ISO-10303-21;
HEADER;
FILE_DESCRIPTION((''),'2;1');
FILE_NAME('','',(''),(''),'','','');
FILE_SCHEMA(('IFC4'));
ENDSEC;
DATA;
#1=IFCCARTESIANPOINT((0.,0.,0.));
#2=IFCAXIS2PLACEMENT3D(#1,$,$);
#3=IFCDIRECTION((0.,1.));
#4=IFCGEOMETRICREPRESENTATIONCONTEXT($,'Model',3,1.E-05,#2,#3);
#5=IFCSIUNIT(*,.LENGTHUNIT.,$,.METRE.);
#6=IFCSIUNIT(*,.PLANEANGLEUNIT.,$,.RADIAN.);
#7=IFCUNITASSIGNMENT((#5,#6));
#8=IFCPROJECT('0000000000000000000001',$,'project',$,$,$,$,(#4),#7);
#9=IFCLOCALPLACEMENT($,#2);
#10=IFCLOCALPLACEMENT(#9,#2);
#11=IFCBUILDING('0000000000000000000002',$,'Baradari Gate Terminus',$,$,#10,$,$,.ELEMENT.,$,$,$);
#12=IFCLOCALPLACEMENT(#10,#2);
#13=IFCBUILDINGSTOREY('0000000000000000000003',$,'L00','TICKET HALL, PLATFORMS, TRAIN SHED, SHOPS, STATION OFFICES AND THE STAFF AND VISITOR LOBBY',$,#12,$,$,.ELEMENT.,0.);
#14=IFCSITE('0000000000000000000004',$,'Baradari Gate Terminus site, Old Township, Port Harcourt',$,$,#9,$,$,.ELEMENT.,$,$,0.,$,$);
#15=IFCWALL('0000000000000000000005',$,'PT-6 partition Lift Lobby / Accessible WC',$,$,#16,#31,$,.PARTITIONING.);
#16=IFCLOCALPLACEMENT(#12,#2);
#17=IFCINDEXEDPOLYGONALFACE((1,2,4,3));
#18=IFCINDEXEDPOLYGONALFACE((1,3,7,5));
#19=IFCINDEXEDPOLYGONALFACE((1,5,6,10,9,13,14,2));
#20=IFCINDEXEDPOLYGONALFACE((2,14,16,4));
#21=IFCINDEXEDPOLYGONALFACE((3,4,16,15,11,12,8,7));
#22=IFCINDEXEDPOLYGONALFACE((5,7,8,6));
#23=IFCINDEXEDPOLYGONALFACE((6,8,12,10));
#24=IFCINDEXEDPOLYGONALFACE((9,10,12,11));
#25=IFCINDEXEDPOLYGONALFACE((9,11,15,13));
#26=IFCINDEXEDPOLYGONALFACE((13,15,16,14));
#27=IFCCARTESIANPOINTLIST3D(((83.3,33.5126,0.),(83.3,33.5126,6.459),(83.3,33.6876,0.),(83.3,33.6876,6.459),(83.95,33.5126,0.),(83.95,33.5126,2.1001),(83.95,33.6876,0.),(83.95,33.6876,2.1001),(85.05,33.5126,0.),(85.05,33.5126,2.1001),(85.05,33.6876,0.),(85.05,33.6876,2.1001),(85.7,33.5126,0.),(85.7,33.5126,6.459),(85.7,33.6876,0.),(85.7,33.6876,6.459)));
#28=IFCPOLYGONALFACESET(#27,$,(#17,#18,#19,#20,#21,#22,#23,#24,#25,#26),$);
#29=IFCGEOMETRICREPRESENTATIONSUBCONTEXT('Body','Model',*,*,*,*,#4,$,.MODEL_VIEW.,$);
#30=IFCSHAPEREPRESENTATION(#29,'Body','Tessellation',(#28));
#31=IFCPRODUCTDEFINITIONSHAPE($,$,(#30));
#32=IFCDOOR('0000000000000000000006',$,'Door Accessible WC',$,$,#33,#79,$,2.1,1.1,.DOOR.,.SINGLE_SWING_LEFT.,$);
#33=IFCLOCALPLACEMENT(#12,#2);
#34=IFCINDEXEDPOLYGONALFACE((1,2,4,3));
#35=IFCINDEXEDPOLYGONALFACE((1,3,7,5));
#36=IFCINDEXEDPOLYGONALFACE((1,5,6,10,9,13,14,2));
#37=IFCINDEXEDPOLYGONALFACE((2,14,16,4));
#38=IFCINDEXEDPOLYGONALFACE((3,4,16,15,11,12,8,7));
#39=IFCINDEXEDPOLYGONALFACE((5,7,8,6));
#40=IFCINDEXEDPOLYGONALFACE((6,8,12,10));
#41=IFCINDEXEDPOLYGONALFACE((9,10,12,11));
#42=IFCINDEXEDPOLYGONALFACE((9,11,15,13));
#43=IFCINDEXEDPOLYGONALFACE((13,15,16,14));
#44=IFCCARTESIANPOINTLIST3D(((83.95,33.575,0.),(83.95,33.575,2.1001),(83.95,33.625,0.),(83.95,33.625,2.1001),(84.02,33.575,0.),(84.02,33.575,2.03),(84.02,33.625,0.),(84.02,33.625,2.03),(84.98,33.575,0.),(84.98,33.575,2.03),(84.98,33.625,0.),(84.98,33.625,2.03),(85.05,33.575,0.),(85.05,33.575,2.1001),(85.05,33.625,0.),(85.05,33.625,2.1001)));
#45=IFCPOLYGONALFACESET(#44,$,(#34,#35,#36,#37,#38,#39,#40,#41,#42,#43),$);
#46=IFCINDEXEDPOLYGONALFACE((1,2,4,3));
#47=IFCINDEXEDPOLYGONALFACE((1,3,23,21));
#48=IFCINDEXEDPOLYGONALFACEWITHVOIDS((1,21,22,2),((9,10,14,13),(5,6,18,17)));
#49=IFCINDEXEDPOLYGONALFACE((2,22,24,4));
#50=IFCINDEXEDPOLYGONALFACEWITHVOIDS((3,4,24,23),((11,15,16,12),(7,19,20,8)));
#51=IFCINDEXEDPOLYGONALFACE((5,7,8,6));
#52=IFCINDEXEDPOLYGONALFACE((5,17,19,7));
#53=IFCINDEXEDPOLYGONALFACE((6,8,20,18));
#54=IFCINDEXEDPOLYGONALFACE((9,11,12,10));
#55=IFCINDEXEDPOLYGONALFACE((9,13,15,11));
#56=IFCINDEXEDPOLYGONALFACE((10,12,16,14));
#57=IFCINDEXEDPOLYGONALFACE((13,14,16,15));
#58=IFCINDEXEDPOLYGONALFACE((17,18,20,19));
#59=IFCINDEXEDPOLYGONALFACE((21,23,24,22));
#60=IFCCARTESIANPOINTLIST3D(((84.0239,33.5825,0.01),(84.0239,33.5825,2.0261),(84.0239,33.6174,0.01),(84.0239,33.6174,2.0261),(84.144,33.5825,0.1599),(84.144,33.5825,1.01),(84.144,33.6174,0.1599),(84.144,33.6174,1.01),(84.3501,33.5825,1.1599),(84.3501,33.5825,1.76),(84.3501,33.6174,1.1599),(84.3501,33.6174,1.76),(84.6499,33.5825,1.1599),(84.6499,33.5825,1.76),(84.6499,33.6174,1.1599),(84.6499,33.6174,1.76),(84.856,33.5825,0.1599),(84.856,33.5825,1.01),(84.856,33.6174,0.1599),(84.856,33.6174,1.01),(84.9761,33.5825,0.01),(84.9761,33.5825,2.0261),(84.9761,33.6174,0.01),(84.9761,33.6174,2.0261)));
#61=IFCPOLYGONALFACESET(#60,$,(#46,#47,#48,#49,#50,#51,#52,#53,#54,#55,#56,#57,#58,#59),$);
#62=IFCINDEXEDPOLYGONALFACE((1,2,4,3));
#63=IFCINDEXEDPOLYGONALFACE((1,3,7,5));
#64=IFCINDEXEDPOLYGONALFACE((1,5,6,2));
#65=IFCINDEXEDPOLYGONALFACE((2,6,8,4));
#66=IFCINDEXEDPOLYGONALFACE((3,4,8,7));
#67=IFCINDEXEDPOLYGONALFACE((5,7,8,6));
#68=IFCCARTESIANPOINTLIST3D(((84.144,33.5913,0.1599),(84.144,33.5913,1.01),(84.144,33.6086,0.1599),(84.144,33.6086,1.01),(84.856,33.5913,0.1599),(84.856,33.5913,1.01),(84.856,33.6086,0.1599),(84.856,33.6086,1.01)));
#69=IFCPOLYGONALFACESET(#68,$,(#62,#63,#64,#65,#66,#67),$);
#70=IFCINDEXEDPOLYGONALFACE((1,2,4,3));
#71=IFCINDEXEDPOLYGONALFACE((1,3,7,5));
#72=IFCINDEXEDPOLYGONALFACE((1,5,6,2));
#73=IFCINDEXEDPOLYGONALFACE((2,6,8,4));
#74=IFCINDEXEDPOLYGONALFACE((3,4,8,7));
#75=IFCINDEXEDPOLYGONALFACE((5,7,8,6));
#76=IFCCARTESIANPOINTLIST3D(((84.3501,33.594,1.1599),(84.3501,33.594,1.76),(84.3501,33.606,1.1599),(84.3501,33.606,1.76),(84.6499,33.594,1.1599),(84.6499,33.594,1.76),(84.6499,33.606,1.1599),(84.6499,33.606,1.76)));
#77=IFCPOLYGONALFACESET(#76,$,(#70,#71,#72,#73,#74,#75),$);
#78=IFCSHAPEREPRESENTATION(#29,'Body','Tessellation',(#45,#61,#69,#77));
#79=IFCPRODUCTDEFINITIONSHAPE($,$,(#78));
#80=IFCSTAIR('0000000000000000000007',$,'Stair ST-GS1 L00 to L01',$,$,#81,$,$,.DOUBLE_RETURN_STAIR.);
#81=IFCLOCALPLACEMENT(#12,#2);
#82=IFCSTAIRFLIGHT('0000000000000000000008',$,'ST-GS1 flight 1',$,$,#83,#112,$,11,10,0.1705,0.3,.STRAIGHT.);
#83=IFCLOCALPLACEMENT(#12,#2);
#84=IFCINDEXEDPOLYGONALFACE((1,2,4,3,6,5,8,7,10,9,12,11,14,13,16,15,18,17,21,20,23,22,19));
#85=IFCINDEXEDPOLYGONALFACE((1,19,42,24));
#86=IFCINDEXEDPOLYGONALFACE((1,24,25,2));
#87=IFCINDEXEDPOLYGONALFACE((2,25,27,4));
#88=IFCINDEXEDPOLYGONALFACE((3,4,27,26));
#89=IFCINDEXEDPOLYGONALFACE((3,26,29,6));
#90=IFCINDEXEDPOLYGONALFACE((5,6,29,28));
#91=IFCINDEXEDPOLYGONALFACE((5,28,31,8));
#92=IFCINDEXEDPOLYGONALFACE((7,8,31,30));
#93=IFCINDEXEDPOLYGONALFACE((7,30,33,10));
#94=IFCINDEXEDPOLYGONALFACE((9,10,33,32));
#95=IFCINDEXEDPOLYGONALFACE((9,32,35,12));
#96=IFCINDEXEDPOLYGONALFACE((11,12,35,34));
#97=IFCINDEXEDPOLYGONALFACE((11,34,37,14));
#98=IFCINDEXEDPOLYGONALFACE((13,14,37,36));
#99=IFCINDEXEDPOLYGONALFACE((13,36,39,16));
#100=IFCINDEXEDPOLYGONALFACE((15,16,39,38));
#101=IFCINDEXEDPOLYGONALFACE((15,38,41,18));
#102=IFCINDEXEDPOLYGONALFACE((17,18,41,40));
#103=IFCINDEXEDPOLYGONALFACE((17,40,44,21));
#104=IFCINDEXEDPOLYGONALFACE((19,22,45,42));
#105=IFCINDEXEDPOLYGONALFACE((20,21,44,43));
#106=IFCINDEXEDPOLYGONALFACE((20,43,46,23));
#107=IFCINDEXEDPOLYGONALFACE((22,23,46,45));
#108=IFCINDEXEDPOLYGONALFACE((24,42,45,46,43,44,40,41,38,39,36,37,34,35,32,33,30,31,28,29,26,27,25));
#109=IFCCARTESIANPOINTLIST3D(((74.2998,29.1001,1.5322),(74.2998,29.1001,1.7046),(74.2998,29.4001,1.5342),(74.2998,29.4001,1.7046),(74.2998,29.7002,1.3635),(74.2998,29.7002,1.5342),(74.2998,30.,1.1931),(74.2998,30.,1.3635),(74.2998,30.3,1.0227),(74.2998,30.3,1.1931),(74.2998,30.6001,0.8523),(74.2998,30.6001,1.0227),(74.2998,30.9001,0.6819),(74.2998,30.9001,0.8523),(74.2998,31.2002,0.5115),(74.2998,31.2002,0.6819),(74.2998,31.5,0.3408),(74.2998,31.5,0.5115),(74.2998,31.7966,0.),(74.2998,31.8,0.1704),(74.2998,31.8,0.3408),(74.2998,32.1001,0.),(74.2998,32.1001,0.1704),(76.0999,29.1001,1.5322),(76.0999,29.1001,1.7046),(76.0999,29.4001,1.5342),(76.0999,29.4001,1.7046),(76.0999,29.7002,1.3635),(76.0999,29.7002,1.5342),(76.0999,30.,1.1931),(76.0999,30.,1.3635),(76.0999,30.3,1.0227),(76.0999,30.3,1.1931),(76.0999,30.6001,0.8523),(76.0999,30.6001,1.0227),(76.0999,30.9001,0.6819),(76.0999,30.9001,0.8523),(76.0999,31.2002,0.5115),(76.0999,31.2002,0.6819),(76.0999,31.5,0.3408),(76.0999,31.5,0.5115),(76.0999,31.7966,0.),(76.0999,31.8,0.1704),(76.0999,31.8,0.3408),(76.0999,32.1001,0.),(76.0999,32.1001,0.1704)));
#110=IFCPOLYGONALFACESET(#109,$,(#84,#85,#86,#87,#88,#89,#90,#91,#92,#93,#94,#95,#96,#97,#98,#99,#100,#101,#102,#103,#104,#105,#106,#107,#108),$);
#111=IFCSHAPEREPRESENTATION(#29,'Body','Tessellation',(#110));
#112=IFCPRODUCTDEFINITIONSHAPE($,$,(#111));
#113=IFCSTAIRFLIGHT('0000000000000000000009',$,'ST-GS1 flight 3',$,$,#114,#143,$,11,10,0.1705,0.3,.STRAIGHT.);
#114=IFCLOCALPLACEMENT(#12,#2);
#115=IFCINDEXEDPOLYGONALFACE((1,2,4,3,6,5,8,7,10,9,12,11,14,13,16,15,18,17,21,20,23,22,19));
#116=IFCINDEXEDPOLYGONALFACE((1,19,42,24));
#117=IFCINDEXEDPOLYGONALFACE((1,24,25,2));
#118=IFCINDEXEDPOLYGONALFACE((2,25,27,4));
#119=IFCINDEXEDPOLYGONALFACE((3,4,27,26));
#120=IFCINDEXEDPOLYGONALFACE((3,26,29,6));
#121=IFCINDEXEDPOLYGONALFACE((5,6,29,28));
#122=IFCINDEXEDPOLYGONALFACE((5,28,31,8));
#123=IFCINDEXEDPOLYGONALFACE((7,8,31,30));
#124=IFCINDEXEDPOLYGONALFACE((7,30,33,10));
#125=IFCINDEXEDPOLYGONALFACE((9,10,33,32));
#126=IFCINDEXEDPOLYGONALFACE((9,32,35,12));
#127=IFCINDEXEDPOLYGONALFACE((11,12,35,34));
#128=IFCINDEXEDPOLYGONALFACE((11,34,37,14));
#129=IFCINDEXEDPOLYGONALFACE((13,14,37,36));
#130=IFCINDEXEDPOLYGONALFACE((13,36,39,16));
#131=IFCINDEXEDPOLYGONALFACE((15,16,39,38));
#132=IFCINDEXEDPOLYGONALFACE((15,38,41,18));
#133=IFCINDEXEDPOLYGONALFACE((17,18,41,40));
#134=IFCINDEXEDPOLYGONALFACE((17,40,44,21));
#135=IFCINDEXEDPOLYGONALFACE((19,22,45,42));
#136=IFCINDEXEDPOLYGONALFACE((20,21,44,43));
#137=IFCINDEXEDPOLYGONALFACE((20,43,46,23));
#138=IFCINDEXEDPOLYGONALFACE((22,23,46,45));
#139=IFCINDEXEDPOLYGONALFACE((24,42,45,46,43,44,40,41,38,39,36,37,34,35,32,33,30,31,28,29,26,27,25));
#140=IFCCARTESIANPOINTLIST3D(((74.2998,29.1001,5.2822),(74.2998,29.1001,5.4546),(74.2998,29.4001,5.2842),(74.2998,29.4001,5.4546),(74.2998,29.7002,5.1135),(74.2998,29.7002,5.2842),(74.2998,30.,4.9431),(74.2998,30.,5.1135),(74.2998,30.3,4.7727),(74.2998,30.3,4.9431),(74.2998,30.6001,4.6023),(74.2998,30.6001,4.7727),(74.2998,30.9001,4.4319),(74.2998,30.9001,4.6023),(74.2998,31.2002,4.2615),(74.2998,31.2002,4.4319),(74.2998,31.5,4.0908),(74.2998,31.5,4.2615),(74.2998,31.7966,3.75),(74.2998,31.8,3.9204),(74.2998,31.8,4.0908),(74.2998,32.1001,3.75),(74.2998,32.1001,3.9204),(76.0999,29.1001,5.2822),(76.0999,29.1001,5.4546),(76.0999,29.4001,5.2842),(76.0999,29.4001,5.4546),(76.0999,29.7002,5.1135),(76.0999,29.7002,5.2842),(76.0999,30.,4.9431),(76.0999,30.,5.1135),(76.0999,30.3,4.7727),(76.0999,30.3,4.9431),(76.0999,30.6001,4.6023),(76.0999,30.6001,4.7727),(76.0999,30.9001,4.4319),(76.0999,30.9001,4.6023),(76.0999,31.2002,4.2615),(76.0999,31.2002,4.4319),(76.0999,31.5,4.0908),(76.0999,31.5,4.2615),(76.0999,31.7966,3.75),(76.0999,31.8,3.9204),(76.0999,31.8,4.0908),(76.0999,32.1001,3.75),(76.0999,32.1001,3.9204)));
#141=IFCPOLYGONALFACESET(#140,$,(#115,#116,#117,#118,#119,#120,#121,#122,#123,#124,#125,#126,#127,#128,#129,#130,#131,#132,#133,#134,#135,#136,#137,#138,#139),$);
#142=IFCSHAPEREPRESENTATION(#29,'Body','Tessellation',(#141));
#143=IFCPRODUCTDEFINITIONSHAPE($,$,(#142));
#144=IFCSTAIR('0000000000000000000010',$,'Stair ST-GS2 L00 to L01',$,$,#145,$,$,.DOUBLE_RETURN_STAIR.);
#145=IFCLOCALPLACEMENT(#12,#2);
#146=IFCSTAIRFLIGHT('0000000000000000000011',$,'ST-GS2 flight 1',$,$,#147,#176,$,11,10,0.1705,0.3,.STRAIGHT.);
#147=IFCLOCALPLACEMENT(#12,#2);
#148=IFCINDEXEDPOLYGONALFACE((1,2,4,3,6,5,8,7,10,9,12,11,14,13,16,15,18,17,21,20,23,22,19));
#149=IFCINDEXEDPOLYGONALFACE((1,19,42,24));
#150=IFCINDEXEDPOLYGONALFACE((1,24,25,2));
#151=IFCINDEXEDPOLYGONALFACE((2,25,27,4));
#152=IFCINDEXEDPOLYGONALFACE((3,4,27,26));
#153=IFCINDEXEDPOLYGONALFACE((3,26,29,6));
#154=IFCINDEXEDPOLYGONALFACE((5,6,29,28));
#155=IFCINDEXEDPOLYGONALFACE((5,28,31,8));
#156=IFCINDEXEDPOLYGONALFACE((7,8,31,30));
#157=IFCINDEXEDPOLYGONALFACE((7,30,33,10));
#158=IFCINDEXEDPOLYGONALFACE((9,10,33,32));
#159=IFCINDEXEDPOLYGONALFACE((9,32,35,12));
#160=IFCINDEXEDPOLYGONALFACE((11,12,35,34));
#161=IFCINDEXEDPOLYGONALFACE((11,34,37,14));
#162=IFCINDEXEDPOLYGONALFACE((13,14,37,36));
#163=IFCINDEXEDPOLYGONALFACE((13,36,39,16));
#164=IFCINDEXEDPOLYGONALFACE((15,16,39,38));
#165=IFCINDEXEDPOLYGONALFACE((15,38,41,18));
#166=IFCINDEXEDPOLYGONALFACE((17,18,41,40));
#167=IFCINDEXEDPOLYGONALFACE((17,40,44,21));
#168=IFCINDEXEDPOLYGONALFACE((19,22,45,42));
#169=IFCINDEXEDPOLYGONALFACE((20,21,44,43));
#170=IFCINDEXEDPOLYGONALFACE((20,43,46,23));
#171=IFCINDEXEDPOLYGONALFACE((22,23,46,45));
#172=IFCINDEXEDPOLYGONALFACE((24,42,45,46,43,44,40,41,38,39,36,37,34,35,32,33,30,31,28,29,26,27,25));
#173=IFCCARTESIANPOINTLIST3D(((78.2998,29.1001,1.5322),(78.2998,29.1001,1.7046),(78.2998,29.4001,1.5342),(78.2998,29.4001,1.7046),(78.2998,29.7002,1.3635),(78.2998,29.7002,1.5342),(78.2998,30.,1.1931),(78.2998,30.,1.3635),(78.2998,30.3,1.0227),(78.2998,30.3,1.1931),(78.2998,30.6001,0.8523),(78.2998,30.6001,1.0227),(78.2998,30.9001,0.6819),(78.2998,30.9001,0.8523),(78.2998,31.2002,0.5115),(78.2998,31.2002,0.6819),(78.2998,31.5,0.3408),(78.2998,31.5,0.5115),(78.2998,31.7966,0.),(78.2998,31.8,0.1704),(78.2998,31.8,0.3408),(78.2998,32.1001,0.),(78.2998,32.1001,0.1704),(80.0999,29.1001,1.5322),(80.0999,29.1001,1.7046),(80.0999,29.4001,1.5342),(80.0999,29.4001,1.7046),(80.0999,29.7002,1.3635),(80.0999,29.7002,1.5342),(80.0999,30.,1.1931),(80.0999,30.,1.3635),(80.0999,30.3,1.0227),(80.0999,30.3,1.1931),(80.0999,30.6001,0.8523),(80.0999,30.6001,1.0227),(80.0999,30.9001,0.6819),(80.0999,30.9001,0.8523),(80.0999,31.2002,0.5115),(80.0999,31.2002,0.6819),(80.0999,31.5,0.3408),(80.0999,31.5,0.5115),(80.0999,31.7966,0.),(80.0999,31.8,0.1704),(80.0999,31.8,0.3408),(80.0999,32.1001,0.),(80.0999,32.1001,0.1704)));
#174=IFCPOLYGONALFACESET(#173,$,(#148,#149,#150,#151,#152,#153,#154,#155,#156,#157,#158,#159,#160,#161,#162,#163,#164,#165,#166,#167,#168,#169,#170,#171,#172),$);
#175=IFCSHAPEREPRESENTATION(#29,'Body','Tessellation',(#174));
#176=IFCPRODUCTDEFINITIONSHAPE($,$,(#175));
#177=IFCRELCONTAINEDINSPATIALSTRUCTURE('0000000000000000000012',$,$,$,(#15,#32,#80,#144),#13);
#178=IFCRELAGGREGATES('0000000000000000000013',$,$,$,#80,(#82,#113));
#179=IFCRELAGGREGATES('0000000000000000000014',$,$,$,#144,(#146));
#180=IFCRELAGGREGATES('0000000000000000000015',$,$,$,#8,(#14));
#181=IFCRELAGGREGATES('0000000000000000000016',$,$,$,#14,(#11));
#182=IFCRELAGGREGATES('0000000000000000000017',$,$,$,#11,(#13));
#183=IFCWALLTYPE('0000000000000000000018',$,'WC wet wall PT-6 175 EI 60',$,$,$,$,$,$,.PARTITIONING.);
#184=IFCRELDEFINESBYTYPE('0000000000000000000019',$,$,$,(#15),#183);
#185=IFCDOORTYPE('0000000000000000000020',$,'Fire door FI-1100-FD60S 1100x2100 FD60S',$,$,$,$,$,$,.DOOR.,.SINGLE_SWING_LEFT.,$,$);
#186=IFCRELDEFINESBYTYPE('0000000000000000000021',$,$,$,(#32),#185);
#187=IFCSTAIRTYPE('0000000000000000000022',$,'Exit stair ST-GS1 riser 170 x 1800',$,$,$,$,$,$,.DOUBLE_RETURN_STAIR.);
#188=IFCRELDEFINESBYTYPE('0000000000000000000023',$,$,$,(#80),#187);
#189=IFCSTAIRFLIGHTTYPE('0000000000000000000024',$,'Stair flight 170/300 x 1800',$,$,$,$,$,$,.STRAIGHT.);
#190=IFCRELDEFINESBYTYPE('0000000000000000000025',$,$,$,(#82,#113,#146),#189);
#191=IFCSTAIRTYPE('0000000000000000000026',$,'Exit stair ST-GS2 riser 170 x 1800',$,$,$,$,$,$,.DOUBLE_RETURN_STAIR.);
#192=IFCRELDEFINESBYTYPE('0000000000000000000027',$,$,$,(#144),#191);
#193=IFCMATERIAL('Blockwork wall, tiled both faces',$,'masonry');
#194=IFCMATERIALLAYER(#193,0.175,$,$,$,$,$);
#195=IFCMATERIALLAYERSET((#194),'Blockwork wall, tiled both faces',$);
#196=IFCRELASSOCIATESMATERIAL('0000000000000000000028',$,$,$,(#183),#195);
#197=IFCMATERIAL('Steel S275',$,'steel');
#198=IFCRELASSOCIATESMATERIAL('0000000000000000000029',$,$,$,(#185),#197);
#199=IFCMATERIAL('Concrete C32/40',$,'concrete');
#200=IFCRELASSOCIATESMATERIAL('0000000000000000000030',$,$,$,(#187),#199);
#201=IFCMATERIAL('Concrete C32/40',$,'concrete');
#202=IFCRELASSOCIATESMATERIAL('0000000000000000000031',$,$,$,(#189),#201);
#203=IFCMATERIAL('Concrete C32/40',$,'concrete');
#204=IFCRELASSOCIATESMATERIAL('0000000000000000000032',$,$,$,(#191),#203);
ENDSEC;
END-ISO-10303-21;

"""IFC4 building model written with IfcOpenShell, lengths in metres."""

from ifc_helpers import new_model, si_unit, direction, frame, frame_2d, origin, place, context, subcontext, project, spatial, polyline, rectangle, outline, extrude, material, layer, layer_set, type_object, element, fill, aggregate, save


model = new_model("IFC4")

# Units and contexts
model_context = context("Model", 3, precision=1e-05, world=origin(), true_north=direction((0.0, 1.0)))
body_context = subcontext(model_context, "Body", "Model", "MODEL_VIEW")
ifc_project = project(units=[si_unit("LENGTHUNIT", "METRE"), si_unit("PLANEANGLEUNIT", "RADIAN")], contexts=[model_context])

# Site, building, storey
site_placement = place(None, origin())
site = spatial("IfcSite", under=ifc_project, at=site_placement, Name="Baradari Gate Terminus site, Old Township, Port Harcourt", CompositionType="ELEMENT", RefElevation=0.0)
building_placement = place(site_placement, origin())
building = spatial("IfcBuilding", under=site, at=building_placement, Name="Baradari Gate Terminus", CompositionType="ELEMENT")
storey_placement = place(building_placement, origin())
storey = spatial("IfcBuildingStorey", under=building, at=storey_placement, Name="L00", Description="TICKET HALL, PLATFORMS, TRAIN SHED, SHOPS, STATION OFFICES AND THE STAFF AND VISITOR LOBBY", CompositionType="ELEMENT", Elevation=0.0)

# Shared definitions
ifc_material_1 = material(Name="Blockwork wall, tiled both faces", Category="masonry")
ifc_layer_1 = layer(ifc_material_1, 0.175)
ifc_layer_set_1 = layer_set([ifc_layer_1], Name="Blockwork wall, tiled both faces")
wall_type_1 = type_object("IfcWallType", Name="WC wet wall PT-6 175 EI 60", PredefinedType="PARTITIONING", material=ifc_layer_set_1)

# Wall, opening, door
wall_1_placement = place(storey_placement, frame((83.3, 33.6001, 0.0), z_axis=(0.0, 0.0, 1.0), x_axis=(1.0, 0.0, 0.0)))
wall_1 = element("IfcWall", 1, at=wall_1_placement, inside=storey, type_object=wall_type_1, Name="PT-6 partition Lift Lobby / Accessible WC", PredefinedType="PARTITIONING", context=body_context, shape_type="SweptSolid", body=[
    extrude(rectangle(XDim=2.3999, YDim=0.175, at=frame_2d((1.2, 0.0))), origin(), (0.0, 0.0, 1.0), 6.459),
])
opening_1_placement = place(wall_1_placement, frame((0.6499, 0.0, 0.0)))
opening_1 = element("IfcOpeningElement", 2, at=opening_1_placement, cuts=wall_1, PredefinedType="OPENING", context=body_context, shape_type="SweptSolid", body=[
    extrude(rectangle(XDim=1.1001, YDim=2.1001, at=frame_2d((0.55, 1.05))), frame((0.0, 0.0974, 0.0), z_axis=(0.0, -1.0, 0.0), x_axis=(1.0, 0.0, 0.0)), (0.0, 0.0, 1.0), 0.1951),
])
ifc_material_2 = material(Name="Steel S275", Category="steel")
door_type_1 = type_object("IfcDoorType", Name="Fire door FI-1100-FD60S 1100x2100 FD60S", OperationType="SINGLE_SWING_LEFT", PredefinedType="DOOR", material=ifc_material_2)
door_1_placement = place(opening_1_placement, origin())
door_1 = element("IfcDoor", 3, at=door_1_placement, inside=storey, type_object=door_type_1, Name="Door Accessible WC", OperationType="SINGLE_SWING_LEFT", OverallHeight=2.1, OverallWidth=1.1, PredefinedType="DOOR", context=body_context, shape_type="SweptSolid", body=[
    extrude(outline(polyline([(0.0, 0.0), (0.0701, 0.0), (0.0701, 2.03), (1.03, 2.03), (1.03, 0.0), (1.1001, 0.0), (1.1001, 2.1001), (0.0, 2.1001), (0.0, 0.0)])), frame((0.0, 0.0249, 0.0), z_axis=(0.0, -1.0, 0.0), x_axis=(1.0, 0.0, 0.0)), (0.0, 0.0, 1.0), 0.05),
    extrude(outline(polyline([(0.074, 0.01), (1.0261, 0.01), (1.0261, 2.0261), (0.074, 2.0261), (0.074, 0.01)]), holes=[polyline([(0.1941, 0.1599), (0.906, 0.1599), (0.906, 1.01), (0.1941, 1.01), (0.1941, 0.1599)]), polyline([(0.4001, 1.1599), (0.7, 1.1599), (0.7, 1.76), (0.4001, 1.76), (0.4001, 1.1599)])]), frame((0.0, 0.0173, 0.0), z_axis=(0.0, -1.0, 0.0), x_axis=(1.0, 0.0, 0.0)), (0.0, 0.0, 1.0), 0.0349),
    extrude(rectangle(XDim=0.7119, YDim=0.8501, at=frame_2d((0.55, 0.585))), frame((0.0, 0.0085, 0.0), z_axis=(0.0, -1.0, 0.0), x_axis=(1.0, 0.0, 0.0)), (0.0, 0.0, 1.0), 0.0173),
    extrude(rectangle(XDim=0.2998, YDim=0.6001, at=frame_2d((0.55, 1.46))), frame((0.0, 0.0059, 0.0), z_axis=(0.0, -1.0, 0.0), x_axis=(1.0, 0.0, 0.0)), (0.0, 0.0, 1.0), 0.012),
])
fill(opening_1, door_1)

# Stairs, stair flights
ifc_material_3 = material(Name="Concrete C32/40", Category="concrete")
stair_type_1 = type_object("IfcStairType", Name="Exit stair ST-GS1 riser 170 x 1800", PredefinedType="DOUBLE_RETURN_STAIR", material=ifc_material_3)
stair_1_placement = place(storey_placement, origin())
stair_1 = element("IfcStair", 4, at=stair_1_placement, inside=storey, type_object=stair_type_1, Name="Stair ST-GS1 L00 to L01", PredefinedType="DOUBLE_RETURN_STAIR")
ifc_material_4 = material(Name="Concrete C32/40", Category="concrete")
stair_flight_type = type_object("IfcStairFlightType", Name="Stair flight 170/300 x 1800", PredefinedType="STRAIGHT", material=ifc_material_4)
stair_flight_1_placement = place(storey_placement, frame((75.2, 32.1001, 0.0), z_axis=(0.0, 0.0, 1.0), x_axis=(0.0, -1.0, 0.0)))
stair_flight_1 = element("IfcStairFlight", 5, at=stair_flight_1_placement, type_object=stair_flight_type, Name="ST-GS1 flight 1", NumberOfRisers=11, NumberOfTreads=10, PredefinedType="STRAIGHT", RiserHeight=0.1705, TreadLength=0.3, context=body_context, shape_type="SweptSolid", body=[
    extrude(outline(polyline([(0.0, 0.0), (0.0, 0.1704), (0.3, 0.1704), (0.3, 0.3408), (0.6001, 0.3408), (0.6001, 0.5115), (0.8999, 0.5115), (0.8999, 0.6819), (1.2, 0.6819), (1.2, 0.8523), (1.5, 0.8523), (1.5, 1.0227), (1.8, 1.0227), (1.8, 1.1931), (2.1001, 1.1931), (2.1001, 1.3635), (2.3999, 1.3635), (2.3999, 1.5342), (2.7, 1.5342), (2.7, 1.7046), (3.0, 1.7046), (3.0, 1.875), (3.0, 1.5322), (0.3035, 0.0), (0.0, 0.0)])), frame((0.0, 0.8999, 0.0), z_axis=(0.0, -1.0, 0.0), x_axis=(1.0, 0.0, 0.0)), (0.0, 0.0, 1.0), 1.8),
])
stair_flight_2_placement = place(storey_placement, frame((75.2, 32.1001, 3.75), z_axis=(0.0, 0.0, 1.0), x_axis=(0.0, -1.0, 0.0)))
stair_flight_2 = element("IfcStairFlight", 6, at=stair_flight_2_placement, type_object=stair_flight_type, Name="ST-GS1 flight 3", NumberOfRisers=11, NumberOfTreads=10, PredefinedType="STRAIGHT", RiserHeight=0.1705, TreadLength=0.3, context=body_context, shape_type="SweptSolid", body=[
    extrude(outline(polyline([(0.0, 0.0), (0.0, 0.1704), (0.3, 0.1704), (0.3, 0.3408), (0.6001, 0.3408), (0.6001, 0.5115), (0.8999, 0.5115), (0.8999, 0.6819), (1.2, 0.6819), (1.2, 0.8523), (1.5, 0.8523), (1.5, 1.0227), (1.8, 1.0227), (1.8, 1.1931), (2.1001, 1.1931), (2.1001, 1.3635), (2.3999, 1.3635), (2.3999, 1.5342), (2.7, 1.5342), (2.7, 1.7046), (3.0, 1.7046), (3.0, 1.875), (3.0, 1.5322), (0.3035, 0.0), (0.0, 0.0)])), frame((0.0, 0.8999, 0.0), z_axis=(0.0, -1.0, 0.0), x_axis=(1.0, 0.0, 0.0)), (0.0, 0.0, 1.0), 1.8),
])
aggregate(stair_1, [stair_flight_1, stair_flight_2])
ifc_material_5 = material(Name="Concrete C32/40", Category="concrete")
stair_type_2 = type_object("IfcStairType", Name="Exit stair ST-GS2 riser 170 x 1800", PredefinedType="DOUBLE_RETURN_STAIR", material=ifc_material_5)
stair_2_placement = place(storey_placement, origin())
stair_2 = element("IfcStair", 7, at=stair_2_placement, inside=storey, type_object=stair_type_2, Name="Stair ST-GS2 L00 to L01", PredefinedType="DOUBLE_RETURN_STAIR")
stair_flight_3_placement = place(storey_placement, frame((79.2, 32.1001, 0.0), z_axis=(0.0, 0.0, 1.0), x_axis=(0.0, -1.0, 0.0)))
stair_flight_3 = element("IfcStairFlight", 8, at=stair_flight_3_placement, type_object=stair_flight_type, Name="ST-GS2 flight 1", NumberOfRisers=11, NumberOfTreads=10, PredefinedType="STRAIGHT", RiserHeight=0.1705, TreadLength=0.3, context=body_context, shape_type="SweptSolid", body=[
    extrude(outline(polyline([(0.0, 0.0), (0.0, 0.1704), (0.3, 0.1704), (0.3, 0.3408), (0.6001, 0.3408), (0.6001, 0.5115), (0.8999, 0.5115), (0.8999, 0.6819), (1.2, 0.6819), (1.2, 0.8523), (1.5, 0.8523), (1.5, 1.0227), (1.8, 1.0227), (1.8, 1.1931), (2.1001, 1.1931), (2.1001, 1.3635), (2.3999, 1.3635), (2.3999, 1.5342), (2.7, 1.5342), (2.7, 1.7046), (3.0, 1.7046), (3.0, 1.875), (3.0, 1.5322), (0.3035, 0.0), (0.0, 0.0)])), frame((0.0, 0.8999, 0.0), z_axis=(0.0, -1.0, 0.0), x_axis=(1.0, 0.0, 0.0)), (0.0, 0.0, 1.0), 1.8),
])
aggregate(stair_2, [stair_flight_3])

save(model, "model.ifc")
